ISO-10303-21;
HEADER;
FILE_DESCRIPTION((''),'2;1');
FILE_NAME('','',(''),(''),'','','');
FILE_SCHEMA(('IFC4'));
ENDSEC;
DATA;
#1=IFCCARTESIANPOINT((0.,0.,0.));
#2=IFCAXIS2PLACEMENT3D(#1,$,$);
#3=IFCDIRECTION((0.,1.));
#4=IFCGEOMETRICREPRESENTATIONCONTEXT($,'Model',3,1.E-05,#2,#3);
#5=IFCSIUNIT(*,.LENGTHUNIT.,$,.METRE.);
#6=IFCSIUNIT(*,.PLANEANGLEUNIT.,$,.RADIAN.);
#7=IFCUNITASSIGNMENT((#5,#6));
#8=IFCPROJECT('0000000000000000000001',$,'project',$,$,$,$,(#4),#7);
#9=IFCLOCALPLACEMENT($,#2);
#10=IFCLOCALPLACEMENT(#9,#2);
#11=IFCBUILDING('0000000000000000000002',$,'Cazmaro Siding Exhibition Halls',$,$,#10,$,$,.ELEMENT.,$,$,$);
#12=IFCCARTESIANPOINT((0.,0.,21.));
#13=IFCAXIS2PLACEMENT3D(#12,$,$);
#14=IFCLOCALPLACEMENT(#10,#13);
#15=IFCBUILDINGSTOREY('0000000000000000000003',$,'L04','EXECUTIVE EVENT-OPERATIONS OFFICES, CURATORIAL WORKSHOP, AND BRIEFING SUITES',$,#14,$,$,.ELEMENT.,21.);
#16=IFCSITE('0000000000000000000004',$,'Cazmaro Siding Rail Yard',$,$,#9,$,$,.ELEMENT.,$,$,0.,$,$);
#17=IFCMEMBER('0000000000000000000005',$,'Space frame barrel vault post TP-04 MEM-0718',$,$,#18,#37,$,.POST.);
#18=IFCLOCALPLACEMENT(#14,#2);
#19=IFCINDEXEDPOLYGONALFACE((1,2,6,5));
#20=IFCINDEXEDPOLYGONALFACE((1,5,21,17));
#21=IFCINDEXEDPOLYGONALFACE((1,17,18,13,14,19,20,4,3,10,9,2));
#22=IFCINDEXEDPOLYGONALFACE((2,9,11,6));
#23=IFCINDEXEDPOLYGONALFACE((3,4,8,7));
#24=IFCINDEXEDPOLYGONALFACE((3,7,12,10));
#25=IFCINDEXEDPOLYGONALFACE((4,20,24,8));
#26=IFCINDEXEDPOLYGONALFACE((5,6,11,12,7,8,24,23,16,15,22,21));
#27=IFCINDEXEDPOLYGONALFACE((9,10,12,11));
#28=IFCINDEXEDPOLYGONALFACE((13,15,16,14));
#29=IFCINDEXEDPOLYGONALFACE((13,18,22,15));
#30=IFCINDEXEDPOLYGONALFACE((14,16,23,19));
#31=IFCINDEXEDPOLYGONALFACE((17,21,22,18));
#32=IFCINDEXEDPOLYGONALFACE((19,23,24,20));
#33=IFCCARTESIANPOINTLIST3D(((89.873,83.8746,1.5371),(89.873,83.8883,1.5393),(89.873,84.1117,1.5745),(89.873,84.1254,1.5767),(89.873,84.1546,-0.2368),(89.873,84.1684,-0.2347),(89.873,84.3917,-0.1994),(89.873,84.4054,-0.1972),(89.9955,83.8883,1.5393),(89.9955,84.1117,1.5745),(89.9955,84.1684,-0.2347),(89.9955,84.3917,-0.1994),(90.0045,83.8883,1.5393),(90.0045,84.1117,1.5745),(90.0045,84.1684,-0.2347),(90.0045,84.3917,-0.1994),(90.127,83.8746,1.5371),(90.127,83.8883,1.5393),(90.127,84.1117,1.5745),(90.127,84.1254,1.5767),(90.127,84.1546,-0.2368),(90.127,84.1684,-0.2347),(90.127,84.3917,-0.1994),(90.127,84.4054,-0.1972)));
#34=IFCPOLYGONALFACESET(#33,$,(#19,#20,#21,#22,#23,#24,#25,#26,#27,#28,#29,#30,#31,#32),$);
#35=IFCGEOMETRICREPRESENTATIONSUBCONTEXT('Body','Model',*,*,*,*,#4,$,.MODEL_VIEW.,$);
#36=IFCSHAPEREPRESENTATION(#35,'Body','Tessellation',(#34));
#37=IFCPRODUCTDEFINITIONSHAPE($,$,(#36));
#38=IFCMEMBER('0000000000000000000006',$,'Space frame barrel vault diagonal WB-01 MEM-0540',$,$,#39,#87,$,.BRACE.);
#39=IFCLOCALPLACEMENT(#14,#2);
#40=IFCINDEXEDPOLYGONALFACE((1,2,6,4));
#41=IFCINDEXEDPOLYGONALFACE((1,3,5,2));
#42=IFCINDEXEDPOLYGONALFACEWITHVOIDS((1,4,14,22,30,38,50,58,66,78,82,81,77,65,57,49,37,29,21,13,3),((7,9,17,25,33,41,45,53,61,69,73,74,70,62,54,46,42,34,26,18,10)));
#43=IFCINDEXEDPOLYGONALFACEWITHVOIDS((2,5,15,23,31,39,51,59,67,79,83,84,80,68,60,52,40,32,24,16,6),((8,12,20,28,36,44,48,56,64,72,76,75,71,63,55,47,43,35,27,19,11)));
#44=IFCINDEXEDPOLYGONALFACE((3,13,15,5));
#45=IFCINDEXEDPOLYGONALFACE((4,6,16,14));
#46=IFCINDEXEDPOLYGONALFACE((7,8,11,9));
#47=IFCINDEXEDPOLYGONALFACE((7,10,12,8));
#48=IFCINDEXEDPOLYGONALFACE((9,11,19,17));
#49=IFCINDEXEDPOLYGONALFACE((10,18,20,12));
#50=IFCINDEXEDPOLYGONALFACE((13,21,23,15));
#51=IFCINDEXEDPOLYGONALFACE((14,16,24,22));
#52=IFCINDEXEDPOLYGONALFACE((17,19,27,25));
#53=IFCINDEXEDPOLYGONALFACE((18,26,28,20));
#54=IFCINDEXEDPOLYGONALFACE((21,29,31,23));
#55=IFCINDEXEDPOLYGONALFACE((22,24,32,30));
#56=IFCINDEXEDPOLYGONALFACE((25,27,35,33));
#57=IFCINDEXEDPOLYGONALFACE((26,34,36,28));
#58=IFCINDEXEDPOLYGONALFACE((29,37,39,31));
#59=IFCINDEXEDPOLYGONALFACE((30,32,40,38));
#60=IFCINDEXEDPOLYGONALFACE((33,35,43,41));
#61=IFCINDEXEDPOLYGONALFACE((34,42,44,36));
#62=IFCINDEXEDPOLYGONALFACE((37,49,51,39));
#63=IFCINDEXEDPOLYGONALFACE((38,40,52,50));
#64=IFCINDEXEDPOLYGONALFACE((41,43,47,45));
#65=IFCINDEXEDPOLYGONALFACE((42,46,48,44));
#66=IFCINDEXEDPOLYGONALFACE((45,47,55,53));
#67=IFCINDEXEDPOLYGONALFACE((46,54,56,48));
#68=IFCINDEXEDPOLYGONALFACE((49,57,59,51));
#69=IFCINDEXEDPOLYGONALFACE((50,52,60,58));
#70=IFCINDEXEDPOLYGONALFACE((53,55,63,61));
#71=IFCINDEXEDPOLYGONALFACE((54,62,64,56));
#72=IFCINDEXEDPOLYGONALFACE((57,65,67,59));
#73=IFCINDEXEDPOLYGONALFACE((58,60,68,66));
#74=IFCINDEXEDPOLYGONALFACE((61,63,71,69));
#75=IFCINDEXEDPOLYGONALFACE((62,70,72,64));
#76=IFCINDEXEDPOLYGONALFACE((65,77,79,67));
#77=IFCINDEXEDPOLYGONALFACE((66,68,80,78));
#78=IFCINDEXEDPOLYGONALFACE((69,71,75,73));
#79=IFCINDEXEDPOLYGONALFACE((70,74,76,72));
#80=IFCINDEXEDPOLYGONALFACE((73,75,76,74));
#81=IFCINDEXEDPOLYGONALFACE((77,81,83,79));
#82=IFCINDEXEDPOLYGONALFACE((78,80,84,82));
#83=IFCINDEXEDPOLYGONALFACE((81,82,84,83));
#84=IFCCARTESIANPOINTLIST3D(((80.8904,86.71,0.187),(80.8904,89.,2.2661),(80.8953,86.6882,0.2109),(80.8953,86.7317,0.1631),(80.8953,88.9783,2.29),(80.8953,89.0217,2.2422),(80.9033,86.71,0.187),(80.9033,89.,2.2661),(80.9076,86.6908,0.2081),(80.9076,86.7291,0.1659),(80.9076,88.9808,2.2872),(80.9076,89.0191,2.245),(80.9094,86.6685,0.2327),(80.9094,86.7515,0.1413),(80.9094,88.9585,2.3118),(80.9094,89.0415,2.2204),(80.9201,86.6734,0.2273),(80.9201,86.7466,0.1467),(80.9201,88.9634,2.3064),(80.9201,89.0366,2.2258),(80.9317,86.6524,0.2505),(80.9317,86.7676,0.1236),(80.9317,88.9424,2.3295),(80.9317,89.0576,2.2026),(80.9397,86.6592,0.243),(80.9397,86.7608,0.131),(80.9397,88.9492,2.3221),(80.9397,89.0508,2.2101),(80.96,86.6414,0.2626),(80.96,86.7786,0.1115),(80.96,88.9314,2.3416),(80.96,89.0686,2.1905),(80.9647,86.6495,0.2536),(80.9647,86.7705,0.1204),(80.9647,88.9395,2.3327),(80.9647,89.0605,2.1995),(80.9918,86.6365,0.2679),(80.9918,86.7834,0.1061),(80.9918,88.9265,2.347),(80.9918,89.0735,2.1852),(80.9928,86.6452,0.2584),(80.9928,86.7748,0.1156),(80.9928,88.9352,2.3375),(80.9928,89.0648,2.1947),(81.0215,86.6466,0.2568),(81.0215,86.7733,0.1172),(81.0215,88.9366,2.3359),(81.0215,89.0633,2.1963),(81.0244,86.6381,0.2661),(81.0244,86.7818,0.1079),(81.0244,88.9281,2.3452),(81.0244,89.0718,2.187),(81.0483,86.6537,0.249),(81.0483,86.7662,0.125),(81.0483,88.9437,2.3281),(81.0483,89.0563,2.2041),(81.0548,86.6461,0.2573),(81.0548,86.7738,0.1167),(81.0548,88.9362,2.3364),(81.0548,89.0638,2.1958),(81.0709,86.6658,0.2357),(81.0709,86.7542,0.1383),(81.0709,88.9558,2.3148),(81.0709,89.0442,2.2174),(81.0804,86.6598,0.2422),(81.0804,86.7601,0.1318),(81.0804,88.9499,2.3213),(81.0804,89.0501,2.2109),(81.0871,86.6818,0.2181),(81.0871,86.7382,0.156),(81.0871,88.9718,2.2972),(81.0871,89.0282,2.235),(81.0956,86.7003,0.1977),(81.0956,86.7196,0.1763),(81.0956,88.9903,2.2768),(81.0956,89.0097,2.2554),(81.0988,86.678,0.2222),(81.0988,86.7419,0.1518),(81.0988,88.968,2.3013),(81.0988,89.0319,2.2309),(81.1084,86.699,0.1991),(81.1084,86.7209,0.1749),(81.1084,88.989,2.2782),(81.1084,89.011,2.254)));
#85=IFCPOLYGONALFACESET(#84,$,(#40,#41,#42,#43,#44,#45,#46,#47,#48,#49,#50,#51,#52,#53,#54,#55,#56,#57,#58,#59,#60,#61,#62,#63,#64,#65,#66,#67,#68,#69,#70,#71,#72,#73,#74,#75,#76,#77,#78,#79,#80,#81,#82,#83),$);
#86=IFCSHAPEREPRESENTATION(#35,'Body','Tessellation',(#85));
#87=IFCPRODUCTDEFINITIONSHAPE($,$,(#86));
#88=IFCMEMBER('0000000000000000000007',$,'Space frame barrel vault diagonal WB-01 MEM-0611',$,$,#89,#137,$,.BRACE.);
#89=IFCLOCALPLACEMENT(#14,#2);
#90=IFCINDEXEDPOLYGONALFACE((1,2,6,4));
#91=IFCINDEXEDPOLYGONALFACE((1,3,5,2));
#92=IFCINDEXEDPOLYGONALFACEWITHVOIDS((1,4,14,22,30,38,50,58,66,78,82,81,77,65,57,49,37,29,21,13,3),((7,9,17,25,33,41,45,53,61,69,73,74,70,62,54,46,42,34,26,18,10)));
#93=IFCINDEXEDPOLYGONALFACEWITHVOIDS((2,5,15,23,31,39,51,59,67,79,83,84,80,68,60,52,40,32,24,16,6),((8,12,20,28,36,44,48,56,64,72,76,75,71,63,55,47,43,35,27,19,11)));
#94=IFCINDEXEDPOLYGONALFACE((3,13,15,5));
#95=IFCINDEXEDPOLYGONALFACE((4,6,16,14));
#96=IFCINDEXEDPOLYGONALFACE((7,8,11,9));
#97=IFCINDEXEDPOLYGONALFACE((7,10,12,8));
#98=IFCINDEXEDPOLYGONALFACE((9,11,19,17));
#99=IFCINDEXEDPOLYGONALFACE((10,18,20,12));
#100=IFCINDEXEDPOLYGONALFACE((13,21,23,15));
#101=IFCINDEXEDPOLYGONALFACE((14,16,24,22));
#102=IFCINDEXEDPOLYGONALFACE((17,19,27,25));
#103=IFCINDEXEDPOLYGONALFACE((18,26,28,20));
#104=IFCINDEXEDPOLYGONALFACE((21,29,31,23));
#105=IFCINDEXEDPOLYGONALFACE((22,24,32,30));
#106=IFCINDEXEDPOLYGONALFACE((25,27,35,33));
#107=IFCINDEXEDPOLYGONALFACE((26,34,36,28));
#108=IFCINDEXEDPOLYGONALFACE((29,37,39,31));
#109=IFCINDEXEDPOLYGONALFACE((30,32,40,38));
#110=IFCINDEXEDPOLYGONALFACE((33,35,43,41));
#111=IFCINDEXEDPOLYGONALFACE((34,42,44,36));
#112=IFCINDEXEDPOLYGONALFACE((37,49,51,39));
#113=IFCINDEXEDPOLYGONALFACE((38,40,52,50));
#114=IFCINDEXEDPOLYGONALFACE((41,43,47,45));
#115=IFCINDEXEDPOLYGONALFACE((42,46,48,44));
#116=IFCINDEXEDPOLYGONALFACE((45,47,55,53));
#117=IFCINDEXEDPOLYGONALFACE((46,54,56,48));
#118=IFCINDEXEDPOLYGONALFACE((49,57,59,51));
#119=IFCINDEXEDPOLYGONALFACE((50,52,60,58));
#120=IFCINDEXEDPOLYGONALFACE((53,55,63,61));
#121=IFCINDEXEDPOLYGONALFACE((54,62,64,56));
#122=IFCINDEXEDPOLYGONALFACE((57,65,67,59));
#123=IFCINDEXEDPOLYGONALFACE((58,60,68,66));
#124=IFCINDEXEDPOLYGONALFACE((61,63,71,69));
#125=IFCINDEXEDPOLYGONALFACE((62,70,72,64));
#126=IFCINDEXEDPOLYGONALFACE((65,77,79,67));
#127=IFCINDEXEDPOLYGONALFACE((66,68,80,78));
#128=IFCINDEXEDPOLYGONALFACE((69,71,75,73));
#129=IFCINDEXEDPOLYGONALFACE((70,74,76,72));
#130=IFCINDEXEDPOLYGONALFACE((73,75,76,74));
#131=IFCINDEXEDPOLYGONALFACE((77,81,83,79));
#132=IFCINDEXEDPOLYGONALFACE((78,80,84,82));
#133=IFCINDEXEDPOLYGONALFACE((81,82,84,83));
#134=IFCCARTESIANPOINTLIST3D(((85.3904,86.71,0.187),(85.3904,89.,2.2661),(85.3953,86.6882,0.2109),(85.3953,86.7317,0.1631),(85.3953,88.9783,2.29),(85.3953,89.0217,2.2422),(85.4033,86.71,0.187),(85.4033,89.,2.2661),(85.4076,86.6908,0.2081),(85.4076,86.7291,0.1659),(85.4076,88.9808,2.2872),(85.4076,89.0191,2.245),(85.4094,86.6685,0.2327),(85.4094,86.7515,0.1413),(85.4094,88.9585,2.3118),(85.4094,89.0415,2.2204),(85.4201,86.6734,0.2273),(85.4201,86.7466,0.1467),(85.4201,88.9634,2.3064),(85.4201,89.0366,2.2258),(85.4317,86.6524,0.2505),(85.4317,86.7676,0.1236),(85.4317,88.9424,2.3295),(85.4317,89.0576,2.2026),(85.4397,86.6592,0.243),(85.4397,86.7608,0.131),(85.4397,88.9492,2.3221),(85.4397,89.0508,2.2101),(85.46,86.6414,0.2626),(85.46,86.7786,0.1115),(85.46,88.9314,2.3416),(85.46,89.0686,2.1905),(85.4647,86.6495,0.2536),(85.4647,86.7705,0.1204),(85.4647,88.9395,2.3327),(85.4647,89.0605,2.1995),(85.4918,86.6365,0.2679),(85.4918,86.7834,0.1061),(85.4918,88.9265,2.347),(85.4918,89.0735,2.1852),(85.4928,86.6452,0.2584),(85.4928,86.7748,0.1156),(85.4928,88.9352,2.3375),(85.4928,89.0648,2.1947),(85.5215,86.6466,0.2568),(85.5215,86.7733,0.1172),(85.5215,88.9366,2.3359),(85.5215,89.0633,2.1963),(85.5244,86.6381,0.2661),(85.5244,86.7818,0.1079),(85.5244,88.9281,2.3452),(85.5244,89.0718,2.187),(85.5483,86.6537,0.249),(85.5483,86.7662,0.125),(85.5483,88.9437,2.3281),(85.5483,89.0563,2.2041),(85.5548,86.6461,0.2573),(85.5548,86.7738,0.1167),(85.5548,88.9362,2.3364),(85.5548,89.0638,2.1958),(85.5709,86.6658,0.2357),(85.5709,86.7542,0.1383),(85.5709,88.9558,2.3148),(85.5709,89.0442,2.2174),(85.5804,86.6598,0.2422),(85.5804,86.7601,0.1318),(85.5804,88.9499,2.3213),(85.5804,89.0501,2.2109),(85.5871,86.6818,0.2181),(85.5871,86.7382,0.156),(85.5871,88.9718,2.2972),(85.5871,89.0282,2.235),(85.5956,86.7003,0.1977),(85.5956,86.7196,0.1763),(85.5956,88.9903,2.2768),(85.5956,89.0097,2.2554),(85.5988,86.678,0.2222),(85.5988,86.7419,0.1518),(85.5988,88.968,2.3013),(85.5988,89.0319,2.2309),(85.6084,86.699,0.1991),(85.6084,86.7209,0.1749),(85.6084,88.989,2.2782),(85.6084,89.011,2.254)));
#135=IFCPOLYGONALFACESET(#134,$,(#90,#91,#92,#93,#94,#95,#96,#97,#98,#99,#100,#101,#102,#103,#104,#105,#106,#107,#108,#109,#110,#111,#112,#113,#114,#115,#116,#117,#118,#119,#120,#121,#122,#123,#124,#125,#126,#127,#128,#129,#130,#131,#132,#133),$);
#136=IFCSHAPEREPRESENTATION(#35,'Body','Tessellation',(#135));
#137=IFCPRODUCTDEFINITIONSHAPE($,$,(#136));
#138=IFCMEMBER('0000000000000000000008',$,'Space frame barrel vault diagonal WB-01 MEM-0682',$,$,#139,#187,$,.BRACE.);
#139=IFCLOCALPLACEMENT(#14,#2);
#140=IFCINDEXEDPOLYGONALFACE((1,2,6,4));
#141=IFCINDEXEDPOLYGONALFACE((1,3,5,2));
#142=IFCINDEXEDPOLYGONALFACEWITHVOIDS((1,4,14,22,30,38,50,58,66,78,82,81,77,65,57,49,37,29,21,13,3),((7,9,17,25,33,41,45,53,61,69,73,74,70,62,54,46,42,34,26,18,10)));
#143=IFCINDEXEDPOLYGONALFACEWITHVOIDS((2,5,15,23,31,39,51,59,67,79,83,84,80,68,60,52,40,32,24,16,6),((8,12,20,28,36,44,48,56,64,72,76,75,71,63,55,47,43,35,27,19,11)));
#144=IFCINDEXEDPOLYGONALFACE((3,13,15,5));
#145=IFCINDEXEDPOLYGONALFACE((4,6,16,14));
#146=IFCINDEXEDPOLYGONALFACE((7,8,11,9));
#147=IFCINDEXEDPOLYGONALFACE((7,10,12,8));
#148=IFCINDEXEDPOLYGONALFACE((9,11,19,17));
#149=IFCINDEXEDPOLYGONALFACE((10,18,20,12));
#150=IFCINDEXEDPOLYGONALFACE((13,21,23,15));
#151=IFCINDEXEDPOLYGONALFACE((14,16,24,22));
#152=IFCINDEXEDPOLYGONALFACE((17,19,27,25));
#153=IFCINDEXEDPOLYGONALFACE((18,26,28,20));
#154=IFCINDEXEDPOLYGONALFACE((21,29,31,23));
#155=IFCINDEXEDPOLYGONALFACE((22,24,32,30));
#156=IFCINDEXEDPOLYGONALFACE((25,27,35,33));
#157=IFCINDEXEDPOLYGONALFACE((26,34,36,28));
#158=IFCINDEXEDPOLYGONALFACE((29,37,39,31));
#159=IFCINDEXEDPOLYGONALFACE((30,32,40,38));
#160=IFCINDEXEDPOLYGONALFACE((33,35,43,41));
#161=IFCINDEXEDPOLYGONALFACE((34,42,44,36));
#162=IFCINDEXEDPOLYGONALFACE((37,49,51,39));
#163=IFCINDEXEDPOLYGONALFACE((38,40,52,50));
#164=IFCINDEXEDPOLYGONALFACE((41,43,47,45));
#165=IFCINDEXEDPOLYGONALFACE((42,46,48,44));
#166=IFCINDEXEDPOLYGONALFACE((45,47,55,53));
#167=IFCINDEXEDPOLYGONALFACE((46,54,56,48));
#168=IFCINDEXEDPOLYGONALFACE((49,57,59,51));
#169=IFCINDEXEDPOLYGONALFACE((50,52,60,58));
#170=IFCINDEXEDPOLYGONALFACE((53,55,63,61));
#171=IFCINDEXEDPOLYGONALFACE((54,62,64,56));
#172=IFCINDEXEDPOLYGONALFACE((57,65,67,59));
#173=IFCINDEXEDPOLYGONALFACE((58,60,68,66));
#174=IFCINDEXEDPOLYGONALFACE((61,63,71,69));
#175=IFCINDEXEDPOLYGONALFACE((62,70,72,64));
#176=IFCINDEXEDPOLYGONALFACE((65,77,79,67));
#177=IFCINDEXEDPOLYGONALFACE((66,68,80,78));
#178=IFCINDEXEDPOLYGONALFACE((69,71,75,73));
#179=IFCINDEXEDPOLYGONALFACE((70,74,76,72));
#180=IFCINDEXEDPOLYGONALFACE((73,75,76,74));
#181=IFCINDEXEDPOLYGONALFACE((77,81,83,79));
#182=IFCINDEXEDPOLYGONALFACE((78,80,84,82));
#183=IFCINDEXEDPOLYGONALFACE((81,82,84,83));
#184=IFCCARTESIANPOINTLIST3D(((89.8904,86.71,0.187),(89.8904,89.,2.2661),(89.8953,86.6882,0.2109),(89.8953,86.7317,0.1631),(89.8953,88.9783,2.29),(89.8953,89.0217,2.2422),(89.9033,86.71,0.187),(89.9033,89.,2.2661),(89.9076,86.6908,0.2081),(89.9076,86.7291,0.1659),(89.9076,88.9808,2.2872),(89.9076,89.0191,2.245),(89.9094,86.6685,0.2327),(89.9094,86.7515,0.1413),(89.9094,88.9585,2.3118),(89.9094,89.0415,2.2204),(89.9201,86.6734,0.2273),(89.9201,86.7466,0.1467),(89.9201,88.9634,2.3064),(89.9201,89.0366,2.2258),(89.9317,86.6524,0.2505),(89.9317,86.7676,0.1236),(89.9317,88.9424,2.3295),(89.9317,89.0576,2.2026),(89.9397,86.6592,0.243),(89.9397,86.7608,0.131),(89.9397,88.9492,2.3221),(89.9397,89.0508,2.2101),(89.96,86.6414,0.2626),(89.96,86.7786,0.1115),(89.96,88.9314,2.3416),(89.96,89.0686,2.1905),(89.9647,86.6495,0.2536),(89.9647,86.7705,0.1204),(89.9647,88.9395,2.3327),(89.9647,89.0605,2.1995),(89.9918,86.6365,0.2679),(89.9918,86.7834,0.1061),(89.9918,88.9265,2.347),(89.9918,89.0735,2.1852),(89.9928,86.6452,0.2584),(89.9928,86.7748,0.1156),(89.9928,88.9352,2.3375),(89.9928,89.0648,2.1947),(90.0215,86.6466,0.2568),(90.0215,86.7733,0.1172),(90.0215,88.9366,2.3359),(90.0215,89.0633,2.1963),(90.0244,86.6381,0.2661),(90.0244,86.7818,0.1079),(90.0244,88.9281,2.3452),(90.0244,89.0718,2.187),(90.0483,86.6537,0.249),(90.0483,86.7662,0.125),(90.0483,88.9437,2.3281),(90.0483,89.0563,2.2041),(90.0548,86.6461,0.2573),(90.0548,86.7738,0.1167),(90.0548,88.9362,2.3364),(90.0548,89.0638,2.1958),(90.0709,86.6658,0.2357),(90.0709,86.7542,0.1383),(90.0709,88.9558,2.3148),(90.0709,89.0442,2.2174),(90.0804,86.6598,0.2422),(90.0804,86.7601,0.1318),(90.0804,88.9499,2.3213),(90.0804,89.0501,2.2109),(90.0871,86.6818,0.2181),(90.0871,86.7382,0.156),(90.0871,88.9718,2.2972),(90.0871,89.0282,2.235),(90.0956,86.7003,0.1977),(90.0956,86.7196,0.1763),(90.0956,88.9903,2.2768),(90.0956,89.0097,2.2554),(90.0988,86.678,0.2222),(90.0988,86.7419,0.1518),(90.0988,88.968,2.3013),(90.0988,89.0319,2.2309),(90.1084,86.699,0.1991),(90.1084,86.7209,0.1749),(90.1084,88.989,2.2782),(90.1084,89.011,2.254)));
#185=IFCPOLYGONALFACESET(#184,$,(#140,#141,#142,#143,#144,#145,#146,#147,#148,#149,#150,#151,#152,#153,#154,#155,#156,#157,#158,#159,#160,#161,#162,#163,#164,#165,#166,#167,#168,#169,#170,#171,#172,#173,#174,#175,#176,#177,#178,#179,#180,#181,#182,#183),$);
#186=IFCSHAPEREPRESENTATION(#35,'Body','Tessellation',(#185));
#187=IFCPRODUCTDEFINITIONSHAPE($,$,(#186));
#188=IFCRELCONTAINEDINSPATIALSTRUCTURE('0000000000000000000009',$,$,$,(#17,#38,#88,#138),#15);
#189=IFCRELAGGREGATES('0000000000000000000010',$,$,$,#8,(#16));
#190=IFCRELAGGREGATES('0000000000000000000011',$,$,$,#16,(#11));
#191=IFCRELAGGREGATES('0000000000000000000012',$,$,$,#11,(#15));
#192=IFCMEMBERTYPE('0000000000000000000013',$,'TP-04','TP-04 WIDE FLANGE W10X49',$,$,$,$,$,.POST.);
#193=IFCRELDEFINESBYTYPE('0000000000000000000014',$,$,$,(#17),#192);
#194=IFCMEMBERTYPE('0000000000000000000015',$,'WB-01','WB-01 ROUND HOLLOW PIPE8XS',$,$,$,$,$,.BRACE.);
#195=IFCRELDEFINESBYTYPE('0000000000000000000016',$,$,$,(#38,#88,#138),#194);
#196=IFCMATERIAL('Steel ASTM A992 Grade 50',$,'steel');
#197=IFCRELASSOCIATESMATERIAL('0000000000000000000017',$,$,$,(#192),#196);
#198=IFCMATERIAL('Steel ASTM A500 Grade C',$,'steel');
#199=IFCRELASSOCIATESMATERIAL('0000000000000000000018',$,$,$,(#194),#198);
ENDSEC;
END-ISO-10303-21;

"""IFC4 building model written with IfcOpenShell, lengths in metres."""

from ifc_helpers import new_model, si_unit, direction, frame, origin, origin_2d, place, context, subcontext, project, spatial, hollow_circle, i_section, extrude, material, material_profile, profile_set, type_object, element, save


model = new_model("IFC4")

# Units and contexts
model_context = context("Model", 3, precision=1e-05, world=origin(), true_north=direction((0.0, 1.0)))
body_context = subcontext(model_context, "Body", "Model", "MODEL_VIEW")
ifc_project = project(units=[si_unit("LENGTHUNIT", "METRE"), si_unit("PLANEANGLEUNIT", "RADIAN")], contexts=[model_context])

# Site, building, storey
site_placement = place(None, origin())
site = spatial("IfcSite", under=ifc_project, at=site_placement, Name="Cazmaro Siding Rail Yard", CompositionType="ELEMENT", RefElevation=0.0)
building_placement = place(site_placement, origin())
building = spatial("IfcBuilding", under=site, at=building_placement, Name="Cazmaro Siding Exhibition Halls", CompositionType="ELEMENT")
storey_placement = place(building_placement, frame((0.0, 0.0, 21.0)))
storey = spatial("IfcBuildingStorey", under=building, at=storey_placement, Name="L04", Description="EXECUTIVE EVENT-OPERATIONS OFFICES, CURATORIAL WORKSHOP, AND BRIEFING SUITES", CompositionType="ELEMENT", Elevation=21.0)

# Members
ifc_material_1 = material(Name="Steel ASTM A992 Grade 50", Category="steel")
ifc_material_profile_1 = material_profile(ifc_material_1, i_section(OverallWidth=0.2539, OverallDepth=0.2539, WebThickness=0.009, FlangeThickness=0.0139, at=origin_2d()), Name="W10X49")
ifc_profile_set_1 = profile_set([ifc_material_profile_1], Name="Steel ASTM A992 Grade 50")
member_type_1 = type_object("IfcMemberType", Name="TP-04", Description="TP-04 WIDE FLANGE W10X49", PredefinedType="POST", material=ifc_profile_set_1)
for number, where, z_axis, x_axis, name in (
    (1, (90.0, 84.28, -0.217), (0.0, -0.155928, 0.987768), (1.0, 0.0, 0.0), "Space frame barrel vault post TP-04 MEM-0718"),
):
    element("IfcMember", number, at=place(storey_placement, frame(where, z_axis=z_axis, x_axis=x_axis)), inside=storey, type_object=member_type_1, Name=name, PredefinedType="POST", context=body_context, shape_type="SweptSolid", body=[
        extrude(i_section(OverallWidth=0.2539, OverallDepth=0.2539, WebThickness=0.009, FlangeThickness=0.0139, at=origin_2d()), origin(), (0.0, 0.0, 1.0), 1.7959),
    ])
ifc_material_2 = material(Name="Steel ASTM A500 Grade C", Category="steel")
ifc_material_profile_2 = material_profile(ifc_material_2, hollow_circle(Radius=0.1096, WallThickness=0.0129, at=origin_2d()), Name="PIPE8XS")
ifc_profile_set_2 = profile_set([ifc_material_profile_2], Name="Steel ASTM A500 Grade C")
member_type_2 = type_object("IfcMemberType", Name="WB-01", Description="WB-01 ROUND HOLLOW PIPE8XS", PredefinedType="BRACE", material=ifc_profile_set_2)
for number, where, z_axis, x_axis, name in (
    (2, (81.0, 86.71, 0.187), (0.0, 0.740383, 0.672185), (-1.0, 0.0, 0.0), "Space frame barrel vault diagonal WB-01 MEM-0540"),
    (3, (85.5, 86.71, 0.187), (0.0, 0.740383, 0.672185), (-1.0, 0.0, 0.0), "Space frame barrel vault diagonal WB-01 MEM-0611"),
    (4, (90.0, 86.71, 0.187), (0.0, 0.740383, 0.672185), (-1.0, 0.0, 0.0), "Space frame barrel vault diagonal WB-01 MEM-0682"),
):
    element("IfcMember", number, at=place(storey_placement, frame(where, z_axis=z_axis, x_axis=x_axis)), inside=storey, type_object=member_type_2, Name=name, PredefinedType="BRACE", context=body_context, shape_type="SweptSolid", body=[
        extrude(hollow_circle(Radius=0.1096, WallThickness=0.0129, at=origin_2d()), origin(), (0.0, 0.0, 1.0), 3.093),
    ])

save(model, "model.ifc")
